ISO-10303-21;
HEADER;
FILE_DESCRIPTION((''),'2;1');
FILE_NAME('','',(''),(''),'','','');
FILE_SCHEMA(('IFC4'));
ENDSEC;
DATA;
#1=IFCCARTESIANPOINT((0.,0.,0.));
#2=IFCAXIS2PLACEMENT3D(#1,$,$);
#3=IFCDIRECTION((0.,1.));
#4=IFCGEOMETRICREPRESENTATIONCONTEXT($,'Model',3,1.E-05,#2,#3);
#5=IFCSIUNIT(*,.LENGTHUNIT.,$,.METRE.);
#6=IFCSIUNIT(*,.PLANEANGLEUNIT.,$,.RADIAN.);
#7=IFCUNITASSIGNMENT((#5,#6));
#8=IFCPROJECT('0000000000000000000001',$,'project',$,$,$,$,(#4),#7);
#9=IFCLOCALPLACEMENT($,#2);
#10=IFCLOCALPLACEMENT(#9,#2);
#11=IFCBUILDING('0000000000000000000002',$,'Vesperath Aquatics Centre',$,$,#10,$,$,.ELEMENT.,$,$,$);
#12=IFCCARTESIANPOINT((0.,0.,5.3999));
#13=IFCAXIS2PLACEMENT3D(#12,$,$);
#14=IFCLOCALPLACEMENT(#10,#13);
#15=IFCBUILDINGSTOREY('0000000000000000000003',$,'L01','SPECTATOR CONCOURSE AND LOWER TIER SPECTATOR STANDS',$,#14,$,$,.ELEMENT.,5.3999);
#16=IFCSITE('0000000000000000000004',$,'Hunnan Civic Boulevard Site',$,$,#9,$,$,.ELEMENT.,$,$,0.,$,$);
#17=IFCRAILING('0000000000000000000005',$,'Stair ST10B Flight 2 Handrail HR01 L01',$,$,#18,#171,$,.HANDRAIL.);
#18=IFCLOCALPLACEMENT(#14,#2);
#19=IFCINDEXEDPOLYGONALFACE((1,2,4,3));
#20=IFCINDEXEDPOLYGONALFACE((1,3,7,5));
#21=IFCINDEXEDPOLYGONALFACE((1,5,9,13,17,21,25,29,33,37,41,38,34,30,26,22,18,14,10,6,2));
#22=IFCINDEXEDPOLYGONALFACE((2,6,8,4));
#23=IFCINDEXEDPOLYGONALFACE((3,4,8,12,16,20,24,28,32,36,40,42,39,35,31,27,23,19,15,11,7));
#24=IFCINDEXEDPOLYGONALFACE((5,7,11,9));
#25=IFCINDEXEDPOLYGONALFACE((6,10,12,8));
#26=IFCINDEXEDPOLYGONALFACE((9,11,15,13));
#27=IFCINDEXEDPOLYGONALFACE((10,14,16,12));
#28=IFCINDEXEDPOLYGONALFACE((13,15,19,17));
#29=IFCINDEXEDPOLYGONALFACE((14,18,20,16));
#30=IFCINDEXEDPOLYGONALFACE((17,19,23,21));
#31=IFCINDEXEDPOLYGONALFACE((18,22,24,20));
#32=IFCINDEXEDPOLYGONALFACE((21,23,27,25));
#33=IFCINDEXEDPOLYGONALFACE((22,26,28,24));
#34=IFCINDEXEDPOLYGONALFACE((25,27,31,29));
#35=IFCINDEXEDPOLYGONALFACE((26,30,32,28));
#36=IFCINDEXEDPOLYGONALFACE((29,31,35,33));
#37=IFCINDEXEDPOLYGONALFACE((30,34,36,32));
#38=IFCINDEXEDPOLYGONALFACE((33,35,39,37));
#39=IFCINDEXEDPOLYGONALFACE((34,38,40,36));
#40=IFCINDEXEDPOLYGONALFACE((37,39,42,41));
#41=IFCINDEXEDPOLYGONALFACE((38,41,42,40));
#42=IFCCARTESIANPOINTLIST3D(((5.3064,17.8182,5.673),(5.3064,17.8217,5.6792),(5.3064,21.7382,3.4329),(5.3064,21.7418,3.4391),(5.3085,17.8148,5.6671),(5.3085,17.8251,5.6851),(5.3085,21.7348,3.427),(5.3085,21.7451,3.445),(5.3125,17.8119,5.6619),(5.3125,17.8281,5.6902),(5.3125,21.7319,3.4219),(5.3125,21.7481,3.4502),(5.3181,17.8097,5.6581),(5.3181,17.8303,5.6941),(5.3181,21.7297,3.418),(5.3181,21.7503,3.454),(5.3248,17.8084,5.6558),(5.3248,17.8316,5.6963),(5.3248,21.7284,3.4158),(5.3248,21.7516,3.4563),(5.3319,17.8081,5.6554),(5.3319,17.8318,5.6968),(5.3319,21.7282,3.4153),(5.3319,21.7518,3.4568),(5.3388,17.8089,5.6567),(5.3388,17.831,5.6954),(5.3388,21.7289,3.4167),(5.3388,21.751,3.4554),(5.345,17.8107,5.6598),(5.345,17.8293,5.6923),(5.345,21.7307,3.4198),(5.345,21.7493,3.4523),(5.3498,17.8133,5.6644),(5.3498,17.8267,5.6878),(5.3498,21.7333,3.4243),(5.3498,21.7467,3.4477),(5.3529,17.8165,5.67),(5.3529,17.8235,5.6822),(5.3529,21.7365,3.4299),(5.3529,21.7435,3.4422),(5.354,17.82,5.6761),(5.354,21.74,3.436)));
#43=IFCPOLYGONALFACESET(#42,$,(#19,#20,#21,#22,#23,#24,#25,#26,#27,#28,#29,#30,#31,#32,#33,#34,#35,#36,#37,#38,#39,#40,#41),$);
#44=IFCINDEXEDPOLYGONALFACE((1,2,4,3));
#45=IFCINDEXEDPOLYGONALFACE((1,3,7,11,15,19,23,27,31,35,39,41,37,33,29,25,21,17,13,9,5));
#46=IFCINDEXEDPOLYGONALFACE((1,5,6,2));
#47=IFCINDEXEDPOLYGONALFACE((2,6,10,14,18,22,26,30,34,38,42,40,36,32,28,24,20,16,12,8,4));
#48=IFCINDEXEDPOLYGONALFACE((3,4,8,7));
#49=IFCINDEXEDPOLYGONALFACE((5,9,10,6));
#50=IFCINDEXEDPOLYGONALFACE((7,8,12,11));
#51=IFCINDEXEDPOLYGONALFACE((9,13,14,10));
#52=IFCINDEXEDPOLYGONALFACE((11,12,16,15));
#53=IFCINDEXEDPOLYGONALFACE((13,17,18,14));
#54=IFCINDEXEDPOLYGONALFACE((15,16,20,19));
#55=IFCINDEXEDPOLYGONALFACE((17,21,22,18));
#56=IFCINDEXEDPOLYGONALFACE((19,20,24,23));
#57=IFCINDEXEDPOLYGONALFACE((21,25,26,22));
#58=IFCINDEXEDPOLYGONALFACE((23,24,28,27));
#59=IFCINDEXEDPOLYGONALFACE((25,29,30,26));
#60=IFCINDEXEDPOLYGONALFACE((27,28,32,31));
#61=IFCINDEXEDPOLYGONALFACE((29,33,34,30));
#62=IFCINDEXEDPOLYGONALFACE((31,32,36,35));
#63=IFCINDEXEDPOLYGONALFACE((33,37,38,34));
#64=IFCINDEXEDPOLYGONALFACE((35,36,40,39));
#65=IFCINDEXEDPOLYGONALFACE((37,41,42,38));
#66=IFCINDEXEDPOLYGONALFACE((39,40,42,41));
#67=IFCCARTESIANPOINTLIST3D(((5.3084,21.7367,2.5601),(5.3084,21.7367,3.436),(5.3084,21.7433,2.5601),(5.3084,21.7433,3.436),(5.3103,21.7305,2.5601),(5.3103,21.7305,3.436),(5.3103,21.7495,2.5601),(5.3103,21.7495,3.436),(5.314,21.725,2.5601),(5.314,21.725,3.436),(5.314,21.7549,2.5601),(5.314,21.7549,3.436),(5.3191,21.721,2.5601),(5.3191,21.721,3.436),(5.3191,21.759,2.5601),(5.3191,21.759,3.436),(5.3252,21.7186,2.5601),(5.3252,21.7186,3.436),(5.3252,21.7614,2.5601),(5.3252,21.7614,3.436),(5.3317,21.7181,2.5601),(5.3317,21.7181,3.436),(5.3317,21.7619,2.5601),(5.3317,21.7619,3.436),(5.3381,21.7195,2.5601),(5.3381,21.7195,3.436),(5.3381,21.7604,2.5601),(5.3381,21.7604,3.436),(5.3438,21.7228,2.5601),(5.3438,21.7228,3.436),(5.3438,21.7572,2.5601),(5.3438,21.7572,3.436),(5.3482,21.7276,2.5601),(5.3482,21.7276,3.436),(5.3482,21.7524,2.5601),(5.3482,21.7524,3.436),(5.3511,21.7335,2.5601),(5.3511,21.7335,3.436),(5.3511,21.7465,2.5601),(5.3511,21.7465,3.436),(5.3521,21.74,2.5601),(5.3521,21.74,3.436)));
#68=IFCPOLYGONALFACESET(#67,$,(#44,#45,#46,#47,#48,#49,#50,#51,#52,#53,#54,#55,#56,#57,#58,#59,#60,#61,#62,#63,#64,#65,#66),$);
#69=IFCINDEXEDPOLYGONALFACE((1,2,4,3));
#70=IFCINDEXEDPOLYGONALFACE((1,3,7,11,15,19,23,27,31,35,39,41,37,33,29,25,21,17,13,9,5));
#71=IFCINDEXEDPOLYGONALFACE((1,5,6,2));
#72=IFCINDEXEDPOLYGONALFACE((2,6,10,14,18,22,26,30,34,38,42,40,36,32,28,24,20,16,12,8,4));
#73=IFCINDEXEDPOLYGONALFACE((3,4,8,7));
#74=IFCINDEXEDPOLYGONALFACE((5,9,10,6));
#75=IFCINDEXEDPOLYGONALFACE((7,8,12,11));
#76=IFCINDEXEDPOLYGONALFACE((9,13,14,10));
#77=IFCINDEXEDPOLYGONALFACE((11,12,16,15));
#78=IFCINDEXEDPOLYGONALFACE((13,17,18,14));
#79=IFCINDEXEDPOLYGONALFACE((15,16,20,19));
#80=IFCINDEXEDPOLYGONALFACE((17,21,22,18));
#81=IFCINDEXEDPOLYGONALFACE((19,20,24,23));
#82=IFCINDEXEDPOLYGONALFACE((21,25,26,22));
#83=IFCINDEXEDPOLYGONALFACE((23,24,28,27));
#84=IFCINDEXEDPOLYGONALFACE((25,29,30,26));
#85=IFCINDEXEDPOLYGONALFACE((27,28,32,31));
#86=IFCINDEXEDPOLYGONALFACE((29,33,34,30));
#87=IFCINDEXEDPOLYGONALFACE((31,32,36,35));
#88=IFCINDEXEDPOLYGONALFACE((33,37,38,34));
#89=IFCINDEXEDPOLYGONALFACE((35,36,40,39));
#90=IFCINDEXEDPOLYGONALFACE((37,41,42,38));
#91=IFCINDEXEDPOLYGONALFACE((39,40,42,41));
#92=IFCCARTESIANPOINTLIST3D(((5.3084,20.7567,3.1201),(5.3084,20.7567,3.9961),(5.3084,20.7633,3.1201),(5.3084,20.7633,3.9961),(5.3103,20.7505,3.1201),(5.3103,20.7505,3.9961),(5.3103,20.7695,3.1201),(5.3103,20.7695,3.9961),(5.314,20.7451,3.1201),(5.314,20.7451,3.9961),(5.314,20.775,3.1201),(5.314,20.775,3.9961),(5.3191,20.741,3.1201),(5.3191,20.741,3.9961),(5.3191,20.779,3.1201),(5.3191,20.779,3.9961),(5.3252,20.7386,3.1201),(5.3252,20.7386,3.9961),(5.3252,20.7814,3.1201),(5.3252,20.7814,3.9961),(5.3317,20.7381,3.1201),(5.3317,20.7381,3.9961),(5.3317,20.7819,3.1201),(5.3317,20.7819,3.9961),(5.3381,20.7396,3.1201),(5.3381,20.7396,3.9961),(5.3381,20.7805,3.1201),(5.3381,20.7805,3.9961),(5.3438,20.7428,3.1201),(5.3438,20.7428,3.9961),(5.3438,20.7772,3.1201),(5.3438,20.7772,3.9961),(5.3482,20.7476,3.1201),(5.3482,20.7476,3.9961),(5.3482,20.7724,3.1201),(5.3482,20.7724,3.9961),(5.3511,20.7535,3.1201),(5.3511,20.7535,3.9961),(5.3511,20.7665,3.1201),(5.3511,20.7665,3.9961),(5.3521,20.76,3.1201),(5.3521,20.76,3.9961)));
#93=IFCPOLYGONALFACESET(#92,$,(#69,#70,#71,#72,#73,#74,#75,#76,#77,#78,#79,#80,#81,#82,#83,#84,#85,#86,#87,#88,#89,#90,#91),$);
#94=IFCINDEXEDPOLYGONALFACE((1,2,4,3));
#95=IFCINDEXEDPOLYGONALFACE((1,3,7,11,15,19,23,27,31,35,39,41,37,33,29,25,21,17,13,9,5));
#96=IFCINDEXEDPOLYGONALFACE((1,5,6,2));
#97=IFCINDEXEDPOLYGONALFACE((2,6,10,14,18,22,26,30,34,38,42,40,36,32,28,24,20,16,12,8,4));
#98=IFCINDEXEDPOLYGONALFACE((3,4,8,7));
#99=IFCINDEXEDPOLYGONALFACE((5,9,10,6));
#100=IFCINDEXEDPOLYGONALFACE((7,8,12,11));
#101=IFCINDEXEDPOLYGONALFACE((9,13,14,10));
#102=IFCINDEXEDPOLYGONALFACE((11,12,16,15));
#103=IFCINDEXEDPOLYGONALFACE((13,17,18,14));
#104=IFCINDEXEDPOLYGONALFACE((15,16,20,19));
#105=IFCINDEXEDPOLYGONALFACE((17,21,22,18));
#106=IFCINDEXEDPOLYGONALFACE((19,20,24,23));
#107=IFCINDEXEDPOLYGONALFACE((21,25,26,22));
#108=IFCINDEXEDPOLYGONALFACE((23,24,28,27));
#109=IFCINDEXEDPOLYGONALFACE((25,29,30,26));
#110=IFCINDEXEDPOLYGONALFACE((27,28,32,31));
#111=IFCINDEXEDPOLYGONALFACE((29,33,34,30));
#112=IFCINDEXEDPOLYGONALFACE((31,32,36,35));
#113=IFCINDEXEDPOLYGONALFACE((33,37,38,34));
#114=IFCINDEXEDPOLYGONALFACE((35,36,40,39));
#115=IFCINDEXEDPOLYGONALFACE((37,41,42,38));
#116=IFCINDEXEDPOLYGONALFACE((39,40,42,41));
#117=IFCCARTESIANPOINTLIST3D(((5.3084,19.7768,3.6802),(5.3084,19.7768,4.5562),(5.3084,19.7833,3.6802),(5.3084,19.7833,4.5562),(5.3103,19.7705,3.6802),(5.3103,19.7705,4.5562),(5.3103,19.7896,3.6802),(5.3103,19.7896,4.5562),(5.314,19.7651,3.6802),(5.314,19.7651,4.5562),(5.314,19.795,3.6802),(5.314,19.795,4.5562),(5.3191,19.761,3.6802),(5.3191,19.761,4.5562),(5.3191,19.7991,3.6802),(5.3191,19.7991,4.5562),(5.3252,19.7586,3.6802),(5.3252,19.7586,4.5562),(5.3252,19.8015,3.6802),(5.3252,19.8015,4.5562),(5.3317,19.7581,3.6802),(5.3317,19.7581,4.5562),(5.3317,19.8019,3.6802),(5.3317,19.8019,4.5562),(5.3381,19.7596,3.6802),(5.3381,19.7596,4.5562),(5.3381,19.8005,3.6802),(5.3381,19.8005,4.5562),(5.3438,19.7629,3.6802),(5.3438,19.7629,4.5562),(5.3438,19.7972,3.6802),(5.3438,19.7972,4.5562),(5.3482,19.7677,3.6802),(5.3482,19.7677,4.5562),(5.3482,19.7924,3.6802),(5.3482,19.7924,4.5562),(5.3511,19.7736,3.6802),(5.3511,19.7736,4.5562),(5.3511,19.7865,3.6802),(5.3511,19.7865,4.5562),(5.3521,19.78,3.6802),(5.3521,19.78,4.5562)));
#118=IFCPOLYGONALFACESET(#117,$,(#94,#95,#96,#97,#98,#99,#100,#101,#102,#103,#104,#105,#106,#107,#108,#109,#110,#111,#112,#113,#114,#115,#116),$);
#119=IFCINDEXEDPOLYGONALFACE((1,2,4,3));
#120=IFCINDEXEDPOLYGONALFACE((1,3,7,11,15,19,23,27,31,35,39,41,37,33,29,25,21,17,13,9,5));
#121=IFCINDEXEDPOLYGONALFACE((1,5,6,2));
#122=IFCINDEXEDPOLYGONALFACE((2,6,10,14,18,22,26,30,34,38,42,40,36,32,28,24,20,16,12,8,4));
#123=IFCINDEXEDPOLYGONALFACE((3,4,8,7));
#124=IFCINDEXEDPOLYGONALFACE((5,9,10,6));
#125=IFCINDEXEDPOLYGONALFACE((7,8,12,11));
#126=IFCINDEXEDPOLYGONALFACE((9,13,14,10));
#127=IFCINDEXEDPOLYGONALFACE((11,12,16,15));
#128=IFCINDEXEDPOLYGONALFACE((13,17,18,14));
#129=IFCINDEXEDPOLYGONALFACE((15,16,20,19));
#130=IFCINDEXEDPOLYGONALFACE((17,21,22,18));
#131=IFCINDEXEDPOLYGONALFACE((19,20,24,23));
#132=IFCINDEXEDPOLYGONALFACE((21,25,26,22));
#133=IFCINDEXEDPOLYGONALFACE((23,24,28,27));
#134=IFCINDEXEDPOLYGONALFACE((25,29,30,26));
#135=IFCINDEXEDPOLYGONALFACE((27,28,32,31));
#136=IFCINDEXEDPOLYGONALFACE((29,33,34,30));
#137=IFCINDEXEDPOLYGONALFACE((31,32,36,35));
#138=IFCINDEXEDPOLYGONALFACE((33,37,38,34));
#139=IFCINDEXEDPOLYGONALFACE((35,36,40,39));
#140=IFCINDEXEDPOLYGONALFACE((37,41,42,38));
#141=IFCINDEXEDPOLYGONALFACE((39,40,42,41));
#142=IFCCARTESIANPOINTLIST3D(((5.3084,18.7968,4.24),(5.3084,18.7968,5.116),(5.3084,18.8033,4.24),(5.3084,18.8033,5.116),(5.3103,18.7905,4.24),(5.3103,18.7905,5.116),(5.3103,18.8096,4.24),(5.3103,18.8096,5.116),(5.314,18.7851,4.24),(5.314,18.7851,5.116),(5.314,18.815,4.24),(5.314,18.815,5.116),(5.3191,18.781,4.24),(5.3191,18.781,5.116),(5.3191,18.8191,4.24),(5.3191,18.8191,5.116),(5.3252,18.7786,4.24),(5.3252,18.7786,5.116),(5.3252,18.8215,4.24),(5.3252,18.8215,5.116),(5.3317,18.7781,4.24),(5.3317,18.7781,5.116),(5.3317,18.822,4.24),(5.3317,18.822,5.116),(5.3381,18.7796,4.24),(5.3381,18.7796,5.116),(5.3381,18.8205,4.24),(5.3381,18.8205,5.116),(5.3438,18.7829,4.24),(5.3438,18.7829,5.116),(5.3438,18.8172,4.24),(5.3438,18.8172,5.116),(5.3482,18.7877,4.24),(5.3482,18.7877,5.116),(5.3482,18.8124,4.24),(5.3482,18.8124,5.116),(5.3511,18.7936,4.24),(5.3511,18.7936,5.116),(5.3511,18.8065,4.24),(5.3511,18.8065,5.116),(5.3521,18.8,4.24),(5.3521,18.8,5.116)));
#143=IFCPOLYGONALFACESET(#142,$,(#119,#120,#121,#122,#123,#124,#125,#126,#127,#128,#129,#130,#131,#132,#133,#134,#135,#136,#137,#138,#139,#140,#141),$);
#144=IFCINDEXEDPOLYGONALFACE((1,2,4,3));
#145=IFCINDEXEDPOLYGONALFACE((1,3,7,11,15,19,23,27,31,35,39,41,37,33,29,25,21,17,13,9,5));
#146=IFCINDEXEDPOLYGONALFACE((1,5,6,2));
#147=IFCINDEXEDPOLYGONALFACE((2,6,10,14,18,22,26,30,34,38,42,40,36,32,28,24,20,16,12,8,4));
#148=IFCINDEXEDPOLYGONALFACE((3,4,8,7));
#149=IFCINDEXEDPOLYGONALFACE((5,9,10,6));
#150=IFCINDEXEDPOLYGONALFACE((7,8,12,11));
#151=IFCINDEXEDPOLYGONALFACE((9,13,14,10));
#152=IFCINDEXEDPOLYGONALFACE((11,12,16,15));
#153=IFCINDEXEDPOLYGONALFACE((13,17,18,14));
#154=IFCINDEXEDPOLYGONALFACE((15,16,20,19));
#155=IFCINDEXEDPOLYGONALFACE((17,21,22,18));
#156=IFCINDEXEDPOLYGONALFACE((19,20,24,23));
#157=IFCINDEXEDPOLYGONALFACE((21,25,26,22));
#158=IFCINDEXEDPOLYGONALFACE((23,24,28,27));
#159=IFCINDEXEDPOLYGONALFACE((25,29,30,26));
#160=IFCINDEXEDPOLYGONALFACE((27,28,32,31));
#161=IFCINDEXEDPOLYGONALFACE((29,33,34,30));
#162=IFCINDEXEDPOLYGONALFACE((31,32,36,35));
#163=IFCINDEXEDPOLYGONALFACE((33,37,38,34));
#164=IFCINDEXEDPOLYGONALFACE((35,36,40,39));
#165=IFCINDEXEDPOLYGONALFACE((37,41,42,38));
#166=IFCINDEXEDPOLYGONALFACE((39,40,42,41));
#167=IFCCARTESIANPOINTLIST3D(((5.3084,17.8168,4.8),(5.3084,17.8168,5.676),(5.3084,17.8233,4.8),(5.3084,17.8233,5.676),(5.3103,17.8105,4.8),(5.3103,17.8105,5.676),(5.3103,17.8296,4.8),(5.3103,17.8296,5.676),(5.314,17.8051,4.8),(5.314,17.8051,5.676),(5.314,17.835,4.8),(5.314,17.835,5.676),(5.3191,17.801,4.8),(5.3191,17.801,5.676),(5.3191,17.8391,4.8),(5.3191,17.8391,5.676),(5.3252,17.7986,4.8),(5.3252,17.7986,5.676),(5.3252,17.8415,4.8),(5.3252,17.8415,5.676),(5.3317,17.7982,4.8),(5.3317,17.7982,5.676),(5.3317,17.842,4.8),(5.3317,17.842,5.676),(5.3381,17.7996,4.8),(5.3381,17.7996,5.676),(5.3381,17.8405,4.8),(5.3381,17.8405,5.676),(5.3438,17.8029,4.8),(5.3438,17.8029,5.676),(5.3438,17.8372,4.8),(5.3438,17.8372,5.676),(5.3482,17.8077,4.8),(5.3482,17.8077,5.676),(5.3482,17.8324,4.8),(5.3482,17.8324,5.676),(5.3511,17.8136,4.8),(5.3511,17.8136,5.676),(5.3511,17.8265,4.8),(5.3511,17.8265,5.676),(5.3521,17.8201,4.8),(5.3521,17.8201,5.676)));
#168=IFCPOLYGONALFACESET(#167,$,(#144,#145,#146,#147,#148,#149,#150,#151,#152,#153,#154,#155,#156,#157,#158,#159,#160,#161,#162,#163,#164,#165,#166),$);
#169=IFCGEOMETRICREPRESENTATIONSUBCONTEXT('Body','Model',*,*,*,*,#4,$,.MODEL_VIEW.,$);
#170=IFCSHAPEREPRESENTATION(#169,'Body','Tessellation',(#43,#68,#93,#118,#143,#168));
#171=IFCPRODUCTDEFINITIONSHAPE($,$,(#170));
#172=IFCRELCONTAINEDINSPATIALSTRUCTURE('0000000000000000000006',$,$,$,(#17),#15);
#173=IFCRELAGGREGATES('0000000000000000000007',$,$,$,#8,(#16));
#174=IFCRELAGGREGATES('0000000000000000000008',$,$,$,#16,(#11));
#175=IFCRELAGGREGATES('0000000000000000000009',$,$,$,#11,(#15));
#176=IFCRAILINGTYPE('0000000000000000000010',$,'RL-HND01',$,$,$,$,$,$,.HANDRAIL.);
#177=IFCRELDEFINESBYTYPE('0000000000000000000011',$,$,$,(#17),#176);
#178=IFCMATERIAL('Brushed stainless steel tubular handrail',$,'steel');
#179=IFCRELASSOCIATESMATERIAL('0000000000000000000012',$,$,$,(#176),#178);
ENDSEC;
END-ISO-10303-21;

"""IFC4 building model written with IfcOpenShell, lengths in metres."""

from ifc_helpers import new_model, si_unit, direction, frame, origin, origin_2d, place, context, subcontext, project, spatial, circle, extrude, material, type_object, element, save


model = new_model("IFC4")

# Units and contexts
model_context = context("Model", 3, precision=1e-05, world=origin(), true_north=direction((0.0, 1.0)))
body_context = subcontext(model_context, "Body", "Model", "MODEL_VIEW")
ifc_project = project(units=[si_unit("LENGTHUNIT", "METRE"), si_unit("PLANEANGLEUNIT", "RADIAN")], contexts=[model_context])

# Site, building, storey
site_placement = place(None, origin())
site = spatial("IfcSite", under=ifc_project, at=site_placement, Name="Hunnan Civic Boulevard Site", CompositionType="ELEMENT", RefElevation=0.0)
building_placement = place(site_placement, origin())
building = spatial("IfcBuilding", under=site, at=building_placement, Name="Vesperath Aquatics Centre", CompositionType="ELEMENT")
storey_placement = place(building_placement, frame((0.0, 0.0, 5.3999)))
storey = spatial("IfcBuildingStorey", under=building, at=storey_placement, Name="L01", Description="SPECTATOR CONCOURSE AND LOWER TIER SPECTATOR STANDS", CompositionType="ELEMENT", Elevation=5.3999)

# Railing
ifc_material_1 = material(Name="Brushed stainless steel tubular handrail", Category="steel")
railing_type_1 = type_object("IfcRailingType", Name="RL-HND01", PredefinedType="HANDRAIL", material=ifc_material_1)
railing_1_placement = place(storey_placement, frame((5.3301, 21.74, 2.5601)))
element("IfcRailing", 1, at=railing_1_placement, inside=storey, type_object=railing_type_1, Name="Stair ST10B Flight 2 Handrail HR01 L01", PredefinedType="HANDRAIL", context=body_context, shape_type="SweptSolid", body=[
    extrude(circle(Radius=0.0239, at=origin_2d()), frame((0.0, 0.0, 0.876), z_axis=(0.0, -0.86824, 0.496145), x_axis=(1.0, 0.0, 0.0)), (0.0, 0.0, 1.0), 4.5149),
    extrude(circle(Radius=0.022, at=origin_2d()), origin(), (0.0, 0.0, 1.0), 0.876),
    extrude(circle(Radius=0.022, at=origin_2d()), frame((0.0, -0.98, 0.5601)), (0.0, 0.0, 1.0), 0.876),
    extrude(circle(Radius=0.022, at=origin_2d()), frame((0.0, -1.96, 1.1201)), (0.0, 0.0, 1.0), 0.876),
    extrude(circle(Radius=0.022, at=origin_2d()), frame((0.0, -2.9399, 1.6799)), (0.0, 0.0, 1.0), 0.876),
    extrude(circle(Radius=0.022, at=origin_2d()), frame((0.0, -3.9199, 2.24)), (0.0, 0.0, 1.0), 0.876),
])

save(model, "model.ifc")
